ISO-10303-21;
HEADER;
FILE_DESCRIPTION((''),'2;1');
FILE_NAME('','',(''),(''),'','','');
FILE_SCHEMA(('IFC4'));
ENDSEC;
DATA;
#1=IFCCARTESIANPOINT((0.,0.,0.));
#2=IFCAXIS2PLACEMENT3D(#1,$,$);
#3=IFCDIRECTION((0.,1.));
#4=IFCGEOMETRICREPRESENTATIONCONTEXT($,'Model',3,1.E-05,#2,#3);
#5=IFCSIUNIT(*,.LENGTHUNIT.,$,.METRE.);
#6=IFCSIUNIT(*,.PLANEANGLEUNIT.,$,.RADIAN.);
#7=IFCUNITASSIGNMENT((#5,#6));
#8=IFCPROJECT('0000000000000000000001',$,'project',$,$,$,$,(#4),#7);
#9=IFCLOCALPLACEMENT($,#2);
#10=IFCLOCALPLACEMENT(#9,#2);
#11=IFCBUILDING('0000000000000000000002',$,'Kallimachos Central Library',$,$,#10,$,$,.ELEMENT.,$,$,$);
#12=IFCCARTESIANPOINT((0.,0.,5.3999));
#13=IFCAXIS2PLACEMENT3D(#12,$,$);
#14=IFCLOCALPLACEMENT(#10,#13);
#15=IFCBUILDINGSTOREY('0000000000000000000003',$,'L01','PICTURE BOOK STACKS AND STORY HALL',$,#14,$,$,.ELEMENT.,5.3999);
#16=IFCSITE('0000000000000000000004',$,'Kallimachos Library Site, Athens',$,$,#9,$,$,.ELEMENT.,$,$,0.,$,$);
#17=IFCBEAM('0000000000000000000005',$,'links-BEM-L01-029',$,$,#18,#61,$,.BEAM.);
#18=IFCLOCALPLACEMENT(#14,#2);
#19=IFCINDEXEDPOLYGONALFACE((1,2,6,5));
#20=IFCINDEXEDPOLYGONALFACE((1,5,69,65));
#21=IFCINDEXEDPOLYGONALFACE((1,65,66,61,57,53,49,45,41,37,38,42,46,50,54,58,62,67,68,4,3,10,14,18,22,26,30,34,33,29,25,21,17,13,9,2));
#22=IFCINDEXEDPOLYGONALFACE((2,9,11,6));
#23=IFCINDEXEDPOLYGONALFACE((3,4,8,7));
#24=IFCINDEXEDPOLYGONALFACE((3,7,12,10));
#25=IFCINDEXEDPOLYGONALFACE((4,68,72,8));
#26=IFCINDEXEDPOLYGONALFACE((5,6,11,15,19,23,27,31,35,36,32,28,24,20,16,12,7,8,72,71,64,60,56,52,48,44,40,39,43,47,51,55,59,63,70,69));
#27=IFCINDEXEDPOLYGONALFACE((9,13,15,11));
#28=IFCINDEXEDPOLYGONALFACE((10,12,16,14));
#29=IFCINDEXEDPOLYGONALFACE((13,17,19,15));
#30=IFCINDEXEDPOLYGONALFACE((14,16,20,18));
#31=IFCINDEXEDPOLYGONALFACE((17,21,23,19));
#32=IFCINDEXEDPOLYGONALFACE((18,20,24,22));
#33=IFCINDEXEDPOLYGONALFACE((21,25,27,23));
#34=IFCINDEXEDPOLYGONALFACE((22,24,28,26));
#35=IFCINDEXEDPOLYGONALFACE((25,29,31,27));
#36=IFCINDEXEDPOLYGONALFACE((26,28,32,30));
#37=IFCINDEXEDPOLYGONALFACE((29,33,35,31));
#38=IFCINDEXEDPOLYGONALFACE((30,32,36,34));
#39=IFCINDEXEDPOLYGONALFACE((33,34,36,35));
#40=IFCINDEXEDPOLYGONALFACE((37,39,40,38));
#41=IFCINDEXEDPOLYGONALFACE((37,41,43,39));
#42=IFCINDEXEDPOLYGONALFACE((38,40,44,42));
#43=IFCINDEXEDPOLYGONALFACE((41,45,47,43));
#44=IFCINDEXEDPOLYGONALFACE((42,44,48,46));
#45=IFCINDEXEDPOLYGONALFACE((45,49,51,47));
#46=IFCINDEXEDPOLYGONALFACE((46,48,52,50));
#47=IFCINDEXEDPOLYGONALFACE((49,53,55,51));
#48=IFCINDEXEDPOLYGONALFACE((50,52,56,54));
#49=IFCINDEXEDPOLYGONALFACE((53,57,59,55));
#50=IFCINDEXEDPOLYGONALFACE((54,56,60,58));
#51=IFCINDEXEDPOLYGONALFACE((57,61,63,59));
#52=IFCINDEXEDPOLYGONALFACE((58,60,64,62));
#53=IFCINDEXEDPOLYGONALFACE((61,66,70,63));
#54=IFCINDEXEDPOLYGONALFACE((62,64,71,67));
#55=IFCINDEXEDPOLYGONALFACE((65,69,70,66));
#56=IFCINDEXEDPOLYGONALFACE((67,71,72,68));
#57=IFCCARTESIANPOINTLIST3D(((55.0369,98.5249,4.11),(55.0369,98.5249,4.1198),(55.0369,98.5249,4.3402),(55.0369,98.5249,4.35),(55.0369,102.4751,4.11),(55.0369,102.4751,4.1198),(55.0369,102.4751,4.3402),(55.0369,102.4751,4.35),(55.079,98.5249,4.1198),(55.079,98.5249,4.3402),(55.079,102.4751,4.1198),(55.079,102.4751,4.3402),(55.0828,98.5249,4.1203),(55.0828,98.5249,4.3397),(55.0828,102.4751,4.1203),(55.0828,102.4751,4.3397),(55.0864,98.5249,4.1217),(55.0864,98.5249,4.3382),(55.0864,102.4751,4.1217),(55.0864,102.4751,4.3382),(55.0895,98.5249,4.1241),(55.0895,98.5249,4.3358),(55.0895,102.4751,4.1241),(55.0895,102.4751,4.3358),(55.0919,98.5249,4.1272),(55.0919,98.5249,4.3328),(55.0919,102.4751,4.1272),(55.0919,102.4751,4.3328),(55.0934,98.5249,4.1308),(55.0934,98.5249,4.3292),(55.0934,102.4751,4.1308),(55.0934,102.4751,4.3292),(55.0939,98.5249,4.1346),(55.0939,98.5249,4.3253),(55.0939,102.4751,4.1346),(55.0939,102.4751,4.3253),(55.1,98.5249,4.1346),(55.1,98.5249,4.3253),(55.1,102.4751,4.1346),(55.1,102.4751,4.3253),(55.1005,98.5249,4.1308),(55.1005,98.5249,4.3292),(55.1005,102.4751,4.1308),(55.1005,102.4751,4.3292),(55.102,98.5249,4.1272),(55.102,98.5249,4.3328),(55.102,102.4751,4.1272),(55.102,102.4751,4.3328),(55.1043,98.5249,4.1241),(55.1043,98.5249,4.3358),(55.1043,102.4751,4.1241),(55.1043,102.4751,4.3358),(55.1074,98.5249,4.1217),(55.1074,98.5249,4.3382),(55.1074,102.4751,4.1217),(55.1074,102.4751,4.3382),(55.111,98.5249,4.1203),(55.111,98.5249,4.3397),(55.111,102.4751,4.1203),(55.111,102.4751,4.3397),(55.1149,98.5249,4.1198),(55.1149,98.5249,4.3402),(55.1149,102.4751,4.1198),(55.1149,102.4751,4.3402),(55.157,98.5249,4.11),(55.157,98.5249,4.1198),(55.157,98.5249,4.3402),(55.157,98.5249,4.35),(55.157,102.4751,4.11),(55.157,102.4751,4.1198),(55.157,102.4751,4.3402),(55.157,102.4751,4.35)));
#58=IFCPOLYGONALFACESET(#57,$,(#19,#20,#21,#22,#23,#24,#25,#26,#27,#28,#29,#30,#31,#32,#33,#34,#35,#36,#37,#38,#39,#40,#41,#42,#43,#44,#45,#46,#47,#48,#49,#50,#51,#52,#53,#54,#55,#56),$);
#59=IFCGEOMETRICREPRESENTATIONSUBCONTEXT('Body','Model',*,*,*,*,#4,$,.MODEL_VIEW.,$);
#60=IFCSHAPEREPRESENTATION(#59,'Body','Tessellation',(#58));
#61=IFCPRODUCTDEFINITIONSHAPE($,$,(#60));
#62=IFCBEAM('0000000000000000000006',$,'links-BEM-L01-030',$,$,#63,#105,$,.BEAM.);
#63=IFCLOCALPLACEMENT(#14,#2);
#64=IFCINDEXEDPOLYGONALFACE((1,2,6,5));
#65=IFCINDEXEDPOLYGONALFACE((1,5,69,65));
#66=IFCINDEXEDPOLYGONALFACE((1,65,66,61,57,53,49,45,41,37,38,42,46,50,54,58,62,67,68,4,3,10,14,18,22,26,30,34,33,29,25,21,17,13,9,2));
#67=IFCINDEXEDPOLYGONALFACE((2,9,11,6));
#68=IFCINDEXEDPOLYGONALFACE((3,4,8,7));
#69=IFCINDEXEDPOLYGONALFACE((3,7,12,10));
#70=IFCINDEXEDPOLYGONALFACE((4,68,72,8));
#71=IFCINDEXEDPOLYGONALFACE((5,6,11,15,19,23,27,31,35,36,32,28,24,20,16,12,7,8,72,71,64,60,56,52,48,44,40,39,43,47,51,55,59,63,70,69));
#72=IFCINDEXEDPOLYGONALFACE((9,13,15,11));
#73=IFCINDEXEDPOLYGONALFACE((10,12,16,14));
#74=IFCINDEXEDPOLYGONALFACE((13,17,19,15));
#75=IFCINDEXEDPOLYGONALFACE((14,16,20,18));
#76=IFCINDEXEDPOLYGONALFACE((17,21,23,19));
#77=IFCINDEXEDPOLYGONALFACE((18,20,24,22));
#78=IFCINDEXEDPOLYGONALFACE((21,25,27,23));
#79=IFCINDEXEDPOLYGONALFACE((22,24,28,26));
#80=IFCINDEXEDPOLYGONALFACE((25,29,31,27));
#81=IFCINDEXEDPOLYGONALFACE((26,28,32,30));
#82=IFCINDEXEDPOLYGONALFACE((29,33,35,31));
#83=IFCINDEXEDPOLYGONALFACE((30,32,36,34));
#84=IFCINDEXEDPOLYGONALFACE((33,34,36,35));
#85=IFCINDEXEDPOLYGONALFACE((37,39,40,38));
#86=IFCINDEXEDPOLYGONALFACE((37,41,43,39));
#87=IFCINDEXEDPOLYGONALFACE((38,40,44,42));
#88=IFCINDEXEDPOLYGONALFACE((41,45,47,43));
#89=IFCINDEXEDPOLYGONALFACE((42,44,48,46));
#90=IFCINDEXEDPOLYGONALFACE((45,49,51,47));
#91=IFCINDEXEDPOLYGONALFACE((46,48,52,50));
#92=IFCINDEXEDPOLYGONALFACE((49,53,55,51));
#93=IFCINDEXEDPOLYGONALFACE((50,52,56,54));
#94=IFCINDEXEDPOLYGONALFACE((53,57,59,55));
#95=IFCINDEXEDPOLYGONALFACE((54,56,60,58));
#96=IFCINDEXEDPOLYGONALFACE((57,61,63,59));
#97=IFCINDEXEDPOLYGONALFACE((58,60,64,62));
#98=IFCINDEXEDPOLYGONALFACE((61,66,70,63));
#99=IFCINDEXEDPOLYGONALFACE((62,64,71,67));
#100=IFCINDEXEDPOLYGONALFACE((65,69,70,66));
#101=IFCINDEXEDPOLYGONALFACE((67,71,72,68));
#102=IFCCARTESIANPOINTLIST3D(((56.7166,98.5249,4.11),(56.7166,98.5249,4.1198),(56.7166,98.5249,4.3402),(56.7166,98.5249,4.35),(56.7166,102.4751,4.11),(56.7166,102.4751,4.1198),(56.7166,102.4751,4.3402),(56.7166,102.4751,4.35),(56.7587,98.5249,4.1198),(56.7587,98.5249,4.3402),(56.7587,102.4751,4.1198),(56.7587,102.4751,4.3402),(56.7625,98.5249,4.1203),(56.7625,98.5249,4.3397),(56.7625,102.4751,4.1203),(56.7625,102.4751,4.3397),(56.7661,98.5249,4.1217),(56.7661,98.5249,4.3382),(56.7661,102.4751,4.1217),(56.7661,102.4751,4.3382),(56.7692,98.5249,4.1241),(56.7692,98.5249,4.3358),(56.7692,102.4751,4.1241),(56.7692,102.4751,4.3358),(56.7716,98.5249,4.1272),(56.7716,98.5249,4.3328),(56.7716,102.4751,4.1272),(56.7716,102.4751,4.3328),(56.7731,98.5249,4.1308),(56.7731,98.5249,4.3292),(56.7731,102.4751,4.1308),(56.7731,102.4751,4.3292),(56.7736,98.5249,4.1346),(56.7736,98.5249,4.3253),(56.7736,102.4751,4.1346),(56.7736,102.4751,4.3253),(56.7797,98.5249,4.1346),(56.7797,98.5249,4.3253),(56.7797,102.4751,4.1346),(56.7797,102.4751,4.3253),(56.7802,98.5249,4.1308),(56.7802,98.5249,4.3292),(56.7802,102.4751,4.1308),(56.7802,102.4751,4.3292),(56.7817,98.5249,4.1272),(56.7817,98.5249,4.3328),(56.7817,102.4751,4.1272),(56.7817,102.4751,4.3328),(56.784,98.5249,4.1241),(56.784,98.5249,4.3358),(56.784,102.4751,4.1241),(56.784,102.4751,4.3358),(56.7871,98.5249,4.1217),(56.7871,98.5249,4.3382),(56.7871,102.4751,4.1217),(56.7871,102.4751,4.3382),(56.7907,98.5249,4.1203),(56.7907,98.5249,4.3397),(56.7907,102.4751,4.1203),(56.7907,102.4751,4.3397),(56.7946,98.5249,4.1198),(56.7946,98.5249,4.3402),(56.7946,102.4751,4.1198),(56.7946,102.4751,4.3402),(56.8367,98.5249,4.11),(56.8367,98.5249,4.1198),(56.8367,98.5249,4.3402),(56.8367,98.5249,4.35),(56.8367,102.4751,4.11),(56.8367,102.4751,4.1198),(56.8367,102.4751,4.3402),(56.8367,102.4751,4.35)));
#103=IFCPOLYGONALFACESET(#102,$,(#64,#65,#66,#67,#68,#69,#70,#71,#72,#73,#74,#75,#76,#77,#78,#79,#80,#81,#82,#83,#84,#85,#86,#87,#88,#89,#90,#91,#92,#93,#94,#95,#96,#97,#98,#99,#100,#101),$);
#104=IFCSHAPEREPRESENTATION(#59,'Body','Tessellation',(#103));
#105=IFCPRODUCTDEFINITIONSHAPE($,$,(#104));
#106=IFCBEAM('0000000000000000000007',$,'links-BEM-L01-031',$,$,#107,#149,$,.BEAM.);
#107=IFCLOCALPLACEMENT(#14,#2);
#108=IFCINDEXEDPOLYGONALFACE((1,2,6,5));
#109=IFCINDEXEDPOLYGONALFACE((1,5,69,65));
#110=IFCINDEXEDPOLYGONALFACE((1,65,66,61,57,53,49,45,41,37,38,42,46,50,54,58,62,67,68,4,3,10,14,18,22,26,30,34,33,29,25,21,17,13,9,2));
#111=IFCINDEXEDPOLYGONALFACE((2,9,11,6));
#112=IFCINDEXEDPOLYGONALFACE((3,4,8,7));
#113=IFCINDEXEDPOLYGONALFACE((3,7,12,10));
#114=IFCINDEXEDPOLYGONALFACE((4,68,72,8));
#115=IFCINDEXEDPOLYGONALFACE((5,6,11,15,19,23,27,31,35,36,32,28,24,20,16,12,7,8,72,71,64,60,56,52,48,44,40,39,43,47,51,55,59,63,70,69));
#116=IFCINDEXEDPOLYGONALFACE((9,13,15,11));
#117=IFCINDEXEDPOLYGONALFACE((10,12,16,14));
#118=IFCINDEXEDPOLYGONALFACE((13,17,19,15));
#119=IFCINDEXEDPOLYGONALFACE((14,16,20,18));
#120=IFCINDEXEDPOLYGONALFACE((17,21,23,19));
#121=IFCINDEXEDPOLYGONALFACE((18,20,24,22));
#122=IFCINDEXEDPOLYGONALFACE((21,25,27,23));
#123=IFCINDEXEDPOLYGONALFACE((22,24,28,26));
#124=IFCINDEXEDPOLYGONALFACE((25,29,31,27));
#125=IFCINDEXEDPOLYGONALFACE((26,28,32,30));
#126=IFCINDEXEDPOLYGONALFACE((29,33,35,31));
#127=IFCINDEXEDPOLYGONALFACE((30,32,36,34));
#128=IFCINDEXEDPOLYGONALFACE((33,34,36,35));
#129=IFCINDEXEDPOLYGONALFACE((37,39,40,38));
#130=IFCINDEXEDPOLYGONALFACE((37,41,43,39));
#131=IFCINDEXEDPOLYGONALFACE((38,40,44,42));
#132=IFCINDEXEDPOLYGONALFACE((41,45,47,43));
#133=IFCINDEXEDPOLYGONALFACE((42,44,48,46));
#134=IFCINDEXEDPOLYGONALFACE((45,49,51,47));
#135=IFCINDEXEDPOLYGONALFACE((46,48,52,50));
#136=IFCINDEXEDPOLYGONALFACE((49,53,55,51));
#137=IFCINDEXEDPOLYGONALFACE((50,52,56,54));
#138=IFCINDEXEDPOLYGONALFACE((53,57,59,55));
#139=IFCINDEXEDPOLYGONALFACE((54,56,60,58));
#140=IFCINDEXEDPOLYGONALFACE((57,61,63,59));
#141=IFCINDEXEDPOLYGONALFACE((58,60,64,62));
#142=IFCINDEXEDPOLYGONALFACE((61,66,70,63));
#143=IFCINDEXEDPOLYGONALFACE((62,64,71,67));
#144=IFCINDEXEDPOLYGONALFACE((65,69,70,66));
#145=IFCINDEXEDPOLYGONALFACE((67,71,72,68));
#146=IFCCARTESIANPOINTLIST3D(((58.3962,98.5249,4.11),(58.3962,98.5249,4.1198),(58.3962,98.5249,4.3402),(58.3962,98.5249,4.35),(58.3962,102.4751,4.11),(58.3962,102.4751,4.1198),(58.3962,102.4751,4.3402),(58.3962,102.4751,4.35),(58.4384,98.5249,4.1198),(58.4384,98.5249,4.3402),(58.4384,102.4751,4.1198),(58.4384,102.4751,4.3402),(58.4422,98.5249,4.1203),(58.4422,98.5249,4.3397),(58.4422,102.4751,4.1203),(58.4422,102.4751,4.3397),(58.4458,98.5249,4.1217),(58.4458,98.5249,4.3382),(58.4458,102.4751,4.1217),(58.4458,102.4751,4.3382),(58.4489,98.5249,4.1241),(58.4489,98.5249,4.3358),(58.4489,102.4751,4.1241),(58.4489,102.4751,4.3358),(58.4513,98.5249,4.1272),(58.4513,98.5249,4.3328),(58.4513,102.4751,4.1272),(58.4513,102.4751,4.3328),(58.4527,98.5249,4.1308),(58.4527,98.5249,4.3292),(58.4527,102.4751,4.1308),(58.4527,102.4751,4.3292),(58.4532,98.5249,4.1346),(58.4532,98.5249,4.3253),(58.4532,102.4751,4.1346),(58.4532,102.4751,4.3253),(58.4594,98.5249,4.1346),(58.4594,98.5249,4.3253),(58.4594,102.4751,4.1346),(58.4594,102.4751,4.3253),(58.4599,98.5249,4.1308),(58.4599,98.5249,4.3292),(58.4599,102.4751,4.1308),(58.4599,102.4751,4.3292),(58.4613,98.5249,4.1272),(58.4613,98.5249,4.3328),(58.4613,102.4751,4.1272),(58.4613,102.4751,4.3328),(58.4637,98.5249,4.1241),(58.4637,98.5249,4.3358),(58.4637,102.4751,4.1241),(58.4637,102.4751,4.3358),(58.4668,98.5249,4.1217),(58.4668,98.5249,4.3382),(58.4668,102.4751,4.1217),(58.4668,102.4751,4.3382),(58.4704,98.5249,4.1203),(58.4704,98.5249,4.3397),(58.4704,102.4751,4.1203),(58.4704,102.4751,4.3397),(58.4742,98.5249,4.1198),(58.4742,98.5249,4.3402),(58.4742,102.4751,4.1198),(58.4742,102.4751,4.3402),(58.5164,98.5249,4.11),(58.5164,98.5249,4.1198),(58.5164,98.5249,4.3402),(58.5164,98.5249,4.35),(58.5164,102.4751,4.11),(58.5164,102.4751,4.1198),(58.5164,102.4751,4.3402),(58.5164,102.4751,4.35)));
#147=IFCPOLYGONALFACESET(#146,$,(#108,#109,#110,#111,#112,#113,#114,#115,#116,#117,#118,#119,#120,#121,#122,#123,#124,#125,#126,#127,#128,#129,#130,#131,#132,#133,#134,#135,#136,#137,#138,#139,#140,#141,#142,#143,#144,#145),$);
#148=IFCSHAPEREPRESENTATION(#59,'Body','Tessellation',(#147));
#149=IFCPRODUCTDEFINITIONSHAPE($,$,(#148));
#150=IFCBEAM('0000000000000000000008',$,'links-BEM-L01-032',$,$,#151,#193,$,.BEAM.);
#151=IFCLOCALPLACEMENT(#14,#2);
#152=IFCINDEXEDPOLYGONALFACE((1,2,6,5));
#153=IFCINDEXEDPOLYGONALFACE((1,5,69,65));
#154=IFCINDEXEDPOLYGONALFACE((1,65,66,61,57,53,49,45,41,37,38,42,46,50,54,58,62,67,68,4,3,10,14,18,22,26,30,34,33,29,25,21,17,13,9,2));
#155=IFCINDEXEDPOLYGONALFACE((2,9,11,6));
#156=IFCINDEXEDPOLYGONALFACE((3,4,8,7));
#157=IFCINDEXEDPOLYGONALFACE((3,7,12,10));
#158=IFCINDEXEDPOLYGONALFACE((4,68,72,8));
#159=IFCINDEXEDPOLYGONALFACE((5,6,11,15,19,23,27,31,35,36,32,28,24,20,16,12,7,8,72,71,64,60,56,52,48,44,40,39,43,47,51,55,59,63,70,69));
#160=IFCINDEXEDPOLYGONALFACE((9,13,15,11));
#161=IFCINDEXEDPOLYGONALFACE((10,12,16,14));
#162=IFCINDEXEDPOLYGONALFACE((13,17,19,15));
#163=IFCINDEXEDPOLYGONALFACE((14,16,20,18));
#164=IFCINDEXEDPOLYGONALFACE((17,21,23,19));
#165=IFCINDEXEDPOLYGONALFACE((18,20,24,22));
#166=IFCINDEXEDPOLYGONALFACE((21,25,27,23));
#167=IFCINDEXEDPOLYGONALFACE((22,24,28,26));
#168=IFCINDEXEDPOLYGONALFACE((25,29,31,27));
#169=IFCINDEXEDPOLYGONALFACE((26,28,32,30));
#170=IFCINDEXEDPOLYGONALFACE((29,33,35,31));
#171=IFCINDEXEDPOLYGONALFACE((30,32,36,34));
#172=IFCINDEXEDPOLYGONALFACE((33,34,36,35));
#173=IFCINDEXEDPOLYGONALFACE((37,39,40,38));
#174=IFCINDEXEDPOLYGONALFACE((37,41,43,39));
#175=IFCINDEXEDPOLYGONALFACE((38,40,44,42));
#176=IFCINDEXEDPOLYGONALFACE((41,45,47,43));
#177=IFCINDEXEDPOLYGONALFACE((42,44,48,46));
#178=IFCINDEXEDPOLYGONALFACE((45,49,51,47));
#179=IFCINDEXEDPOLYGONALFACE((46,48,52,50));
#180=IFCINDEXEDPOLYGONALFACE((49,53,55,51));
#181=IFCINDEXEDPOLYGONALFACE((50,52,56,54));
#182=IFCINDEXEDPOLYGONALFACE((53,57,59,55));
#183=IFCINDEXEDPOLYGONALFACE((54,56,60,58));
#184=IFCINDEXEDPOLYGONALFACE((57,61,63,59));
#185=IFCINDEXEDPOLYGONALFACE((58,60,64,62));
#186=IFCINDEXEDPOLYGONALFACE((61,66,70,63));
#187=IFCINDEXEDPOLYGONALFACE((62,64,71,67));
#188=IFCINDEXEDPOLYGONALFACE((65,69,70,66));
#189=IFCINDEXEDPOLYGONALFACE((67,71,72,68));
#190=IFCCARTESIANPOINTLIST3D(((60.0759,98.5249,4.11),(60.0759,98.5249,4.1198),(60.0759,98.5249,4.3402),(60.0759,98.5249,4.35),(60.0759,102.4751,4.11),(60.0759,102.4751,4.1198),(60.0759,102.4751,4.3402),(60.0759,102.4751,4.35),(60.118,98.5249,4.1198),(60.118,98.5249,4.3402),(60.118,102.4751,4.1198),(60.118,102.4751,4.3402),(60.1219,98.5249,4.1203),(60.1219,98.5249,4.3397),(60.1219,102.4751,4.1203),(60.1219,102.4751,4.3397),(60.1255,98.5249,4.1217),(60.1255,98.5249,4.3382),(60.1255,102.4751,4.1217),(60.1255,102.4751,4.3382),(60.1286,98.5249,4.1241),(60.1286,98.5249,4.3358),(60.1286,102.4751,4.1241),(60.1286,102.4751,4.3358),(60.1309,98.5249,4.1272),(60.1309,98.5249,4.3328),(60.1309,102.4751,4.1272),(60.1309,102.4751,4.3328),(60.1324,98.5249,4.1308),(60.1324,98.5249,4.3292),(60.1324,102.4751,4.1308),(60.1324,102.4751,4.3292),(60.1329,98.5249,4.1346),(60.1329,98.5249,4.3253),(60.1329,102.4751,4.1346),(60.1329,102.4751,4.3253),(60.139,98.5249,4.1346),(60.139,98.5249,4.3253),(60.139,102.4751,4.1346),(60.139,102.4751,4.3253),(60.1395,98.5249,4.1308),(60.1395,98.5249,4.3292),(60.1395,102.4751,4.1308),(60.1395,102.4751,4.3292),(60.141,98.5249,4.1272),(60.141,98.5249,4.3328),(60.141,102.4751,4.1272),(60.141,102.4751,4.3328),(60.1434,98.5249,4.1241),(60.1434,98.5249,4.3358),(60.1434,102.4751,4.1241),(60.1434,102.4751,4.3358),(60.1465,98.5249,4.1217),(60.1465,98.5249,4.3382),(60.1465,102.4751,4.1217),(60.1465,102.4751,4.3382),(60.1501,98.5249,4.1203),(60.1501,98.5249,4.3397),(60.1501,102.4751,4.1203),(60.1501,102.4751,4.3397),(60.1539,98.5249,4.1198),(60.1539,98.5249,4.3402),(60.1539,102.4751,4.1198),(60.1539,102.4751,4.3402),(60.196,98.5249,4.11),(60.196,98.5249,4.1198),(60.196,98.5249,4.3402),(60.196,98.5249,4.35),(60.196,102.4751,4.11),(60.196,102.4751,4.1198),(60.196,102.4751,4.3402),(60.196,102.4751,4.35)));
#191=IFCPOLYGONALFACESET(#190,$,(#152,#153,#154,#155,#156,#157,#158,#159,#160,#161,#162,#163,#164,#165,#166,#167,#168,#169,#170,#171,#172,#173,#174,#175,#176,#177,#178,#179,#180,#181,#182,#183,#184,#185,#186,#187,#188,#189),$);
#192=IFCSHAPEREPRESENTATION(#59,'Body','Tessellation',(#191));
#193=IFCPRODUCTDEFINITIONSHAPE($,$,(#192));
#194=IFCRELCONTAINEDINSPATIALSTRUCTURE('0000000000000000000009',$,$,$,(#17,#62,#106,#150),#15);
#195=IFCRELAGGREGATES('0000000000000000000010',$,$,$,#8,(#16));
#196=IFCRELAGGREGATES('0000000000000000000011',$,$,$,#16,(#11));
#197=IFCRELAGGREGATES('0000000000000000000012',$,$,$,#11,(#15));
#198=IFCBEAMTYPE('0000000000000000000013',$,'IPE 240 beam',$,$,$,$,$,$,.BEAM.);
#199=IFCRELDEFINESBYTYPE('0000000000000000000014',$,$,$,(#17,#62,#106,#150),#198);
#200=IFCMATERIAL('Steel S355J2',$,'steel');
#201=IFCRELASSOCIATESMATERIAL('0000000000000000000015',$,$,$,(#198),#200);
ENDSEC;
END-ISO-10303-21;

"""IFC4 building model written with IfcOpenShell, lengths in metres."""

from ifc_helpers import new_model, si_unit, direction, frame, origin, origin_2d, place, context, subcontext, project, spatial, i_section, extrude, material, material_profile, profile_set, type_object, element, save


model = new_model("IFC4")

# Units and contexts
model_context = context("Model", 3, precision=1e-05, world=origin(), true_north=direction((0.0, 1.0)))
body_context = subcontext(model_context, "Body", "Model", "MODEL_VIEW")
ifc_project = project(units=[si_unit("LENGTHUNIT", "METRE"), si_unit("PLANEANGLEUNIT", "RADIAN")], contexts=[model_context])

# Site, building, storey
site_placement = place(None, origin())
site = spatial("IfcSite", under=ifc_project, at=site_placement, Name="Kallimachos Library Site, Athens", CompositionType="ELEMENT", RefElevation=0.0)
building_placement = place(site_placement, origin())
building = spatial("IfcBuilding", under=site, at=building_placement, Name="Kallimachos Central Library", CompositionType="ELEMENT")
storey_placement = place(building_placement, frame((0.0, 0.0, 5.3999)))
storey = spatial("IfcBuildingStorey", under=building, at=storey_placement, Name="L01", Description="PICTURE BOOK STACKS AND STORY HALL", CompositionType="ELEMENT", Elevation=5.3999)

# Beams
ifc_material_1 = material(Name="Steel S355J2", Category="steel")
ifc_material_profile_1 = material_profile(ifc_material_1, i_section(OverallWidth=0.1201, OverallDepth=0.24, WebThickness=0.0061, FlangeThickness=0.0098, FilletRadius=0.0149, at=origin_2d()), Name="IPE 240")
ifc_profile_set_1 = profile_set([ifc_material_profile_1], Name="Steel S355J2")
beam_type_1 = type_object("IfcBeamType", Name="IPE 240 beam", PredefinedType="BEAM", material=ifc_profile_set_1)
for number, where, z_axis, x_axis, name in (
    (1, (55.0969, 98.5249, 4.23), (0.0, 1.0, 0.0), (-1.0, 0.0, 0.0), "links-BEM-L01-029"),
    (2, (56.7766, 98.5249, 4.23), (0.0, 1.0, 0.0), (-1.0, 0.0, 0.0), "links-BEM-L01-030"),
    (3, (58.4563, 98.5249, 4.23), (0.0, 1.0, 0.0), (-1.0, 0.0, 0.0), "links-BEM-L01-031"),
    (4, (60.136, 98.5249, 4.23), (0.0, 1.0, 0.0), (-1.0, 0.0, 0.0), "links-BEM-L01-032"),
):
    element("IfcBeam", number, at=place(storey_placement, frame(where, z_axis=z_axis, x_axis=x_axis)), inside=storey, type_object=beam_type_1, Name=name, PredefinedType="BEAM", context=body_context, shape_type="SweptSolid", body=[
        extrude(i_section(OverallWidth=0.1201, OverallDepth=0.24, WebThickness=0.0061, FlangeThickness=0.0098, FilletRadius=0.0149, at=origin_2d()), origin(), (0.0, 0.0, 1.0), 3.9502),
    ])

save(model, "model.ifc")
